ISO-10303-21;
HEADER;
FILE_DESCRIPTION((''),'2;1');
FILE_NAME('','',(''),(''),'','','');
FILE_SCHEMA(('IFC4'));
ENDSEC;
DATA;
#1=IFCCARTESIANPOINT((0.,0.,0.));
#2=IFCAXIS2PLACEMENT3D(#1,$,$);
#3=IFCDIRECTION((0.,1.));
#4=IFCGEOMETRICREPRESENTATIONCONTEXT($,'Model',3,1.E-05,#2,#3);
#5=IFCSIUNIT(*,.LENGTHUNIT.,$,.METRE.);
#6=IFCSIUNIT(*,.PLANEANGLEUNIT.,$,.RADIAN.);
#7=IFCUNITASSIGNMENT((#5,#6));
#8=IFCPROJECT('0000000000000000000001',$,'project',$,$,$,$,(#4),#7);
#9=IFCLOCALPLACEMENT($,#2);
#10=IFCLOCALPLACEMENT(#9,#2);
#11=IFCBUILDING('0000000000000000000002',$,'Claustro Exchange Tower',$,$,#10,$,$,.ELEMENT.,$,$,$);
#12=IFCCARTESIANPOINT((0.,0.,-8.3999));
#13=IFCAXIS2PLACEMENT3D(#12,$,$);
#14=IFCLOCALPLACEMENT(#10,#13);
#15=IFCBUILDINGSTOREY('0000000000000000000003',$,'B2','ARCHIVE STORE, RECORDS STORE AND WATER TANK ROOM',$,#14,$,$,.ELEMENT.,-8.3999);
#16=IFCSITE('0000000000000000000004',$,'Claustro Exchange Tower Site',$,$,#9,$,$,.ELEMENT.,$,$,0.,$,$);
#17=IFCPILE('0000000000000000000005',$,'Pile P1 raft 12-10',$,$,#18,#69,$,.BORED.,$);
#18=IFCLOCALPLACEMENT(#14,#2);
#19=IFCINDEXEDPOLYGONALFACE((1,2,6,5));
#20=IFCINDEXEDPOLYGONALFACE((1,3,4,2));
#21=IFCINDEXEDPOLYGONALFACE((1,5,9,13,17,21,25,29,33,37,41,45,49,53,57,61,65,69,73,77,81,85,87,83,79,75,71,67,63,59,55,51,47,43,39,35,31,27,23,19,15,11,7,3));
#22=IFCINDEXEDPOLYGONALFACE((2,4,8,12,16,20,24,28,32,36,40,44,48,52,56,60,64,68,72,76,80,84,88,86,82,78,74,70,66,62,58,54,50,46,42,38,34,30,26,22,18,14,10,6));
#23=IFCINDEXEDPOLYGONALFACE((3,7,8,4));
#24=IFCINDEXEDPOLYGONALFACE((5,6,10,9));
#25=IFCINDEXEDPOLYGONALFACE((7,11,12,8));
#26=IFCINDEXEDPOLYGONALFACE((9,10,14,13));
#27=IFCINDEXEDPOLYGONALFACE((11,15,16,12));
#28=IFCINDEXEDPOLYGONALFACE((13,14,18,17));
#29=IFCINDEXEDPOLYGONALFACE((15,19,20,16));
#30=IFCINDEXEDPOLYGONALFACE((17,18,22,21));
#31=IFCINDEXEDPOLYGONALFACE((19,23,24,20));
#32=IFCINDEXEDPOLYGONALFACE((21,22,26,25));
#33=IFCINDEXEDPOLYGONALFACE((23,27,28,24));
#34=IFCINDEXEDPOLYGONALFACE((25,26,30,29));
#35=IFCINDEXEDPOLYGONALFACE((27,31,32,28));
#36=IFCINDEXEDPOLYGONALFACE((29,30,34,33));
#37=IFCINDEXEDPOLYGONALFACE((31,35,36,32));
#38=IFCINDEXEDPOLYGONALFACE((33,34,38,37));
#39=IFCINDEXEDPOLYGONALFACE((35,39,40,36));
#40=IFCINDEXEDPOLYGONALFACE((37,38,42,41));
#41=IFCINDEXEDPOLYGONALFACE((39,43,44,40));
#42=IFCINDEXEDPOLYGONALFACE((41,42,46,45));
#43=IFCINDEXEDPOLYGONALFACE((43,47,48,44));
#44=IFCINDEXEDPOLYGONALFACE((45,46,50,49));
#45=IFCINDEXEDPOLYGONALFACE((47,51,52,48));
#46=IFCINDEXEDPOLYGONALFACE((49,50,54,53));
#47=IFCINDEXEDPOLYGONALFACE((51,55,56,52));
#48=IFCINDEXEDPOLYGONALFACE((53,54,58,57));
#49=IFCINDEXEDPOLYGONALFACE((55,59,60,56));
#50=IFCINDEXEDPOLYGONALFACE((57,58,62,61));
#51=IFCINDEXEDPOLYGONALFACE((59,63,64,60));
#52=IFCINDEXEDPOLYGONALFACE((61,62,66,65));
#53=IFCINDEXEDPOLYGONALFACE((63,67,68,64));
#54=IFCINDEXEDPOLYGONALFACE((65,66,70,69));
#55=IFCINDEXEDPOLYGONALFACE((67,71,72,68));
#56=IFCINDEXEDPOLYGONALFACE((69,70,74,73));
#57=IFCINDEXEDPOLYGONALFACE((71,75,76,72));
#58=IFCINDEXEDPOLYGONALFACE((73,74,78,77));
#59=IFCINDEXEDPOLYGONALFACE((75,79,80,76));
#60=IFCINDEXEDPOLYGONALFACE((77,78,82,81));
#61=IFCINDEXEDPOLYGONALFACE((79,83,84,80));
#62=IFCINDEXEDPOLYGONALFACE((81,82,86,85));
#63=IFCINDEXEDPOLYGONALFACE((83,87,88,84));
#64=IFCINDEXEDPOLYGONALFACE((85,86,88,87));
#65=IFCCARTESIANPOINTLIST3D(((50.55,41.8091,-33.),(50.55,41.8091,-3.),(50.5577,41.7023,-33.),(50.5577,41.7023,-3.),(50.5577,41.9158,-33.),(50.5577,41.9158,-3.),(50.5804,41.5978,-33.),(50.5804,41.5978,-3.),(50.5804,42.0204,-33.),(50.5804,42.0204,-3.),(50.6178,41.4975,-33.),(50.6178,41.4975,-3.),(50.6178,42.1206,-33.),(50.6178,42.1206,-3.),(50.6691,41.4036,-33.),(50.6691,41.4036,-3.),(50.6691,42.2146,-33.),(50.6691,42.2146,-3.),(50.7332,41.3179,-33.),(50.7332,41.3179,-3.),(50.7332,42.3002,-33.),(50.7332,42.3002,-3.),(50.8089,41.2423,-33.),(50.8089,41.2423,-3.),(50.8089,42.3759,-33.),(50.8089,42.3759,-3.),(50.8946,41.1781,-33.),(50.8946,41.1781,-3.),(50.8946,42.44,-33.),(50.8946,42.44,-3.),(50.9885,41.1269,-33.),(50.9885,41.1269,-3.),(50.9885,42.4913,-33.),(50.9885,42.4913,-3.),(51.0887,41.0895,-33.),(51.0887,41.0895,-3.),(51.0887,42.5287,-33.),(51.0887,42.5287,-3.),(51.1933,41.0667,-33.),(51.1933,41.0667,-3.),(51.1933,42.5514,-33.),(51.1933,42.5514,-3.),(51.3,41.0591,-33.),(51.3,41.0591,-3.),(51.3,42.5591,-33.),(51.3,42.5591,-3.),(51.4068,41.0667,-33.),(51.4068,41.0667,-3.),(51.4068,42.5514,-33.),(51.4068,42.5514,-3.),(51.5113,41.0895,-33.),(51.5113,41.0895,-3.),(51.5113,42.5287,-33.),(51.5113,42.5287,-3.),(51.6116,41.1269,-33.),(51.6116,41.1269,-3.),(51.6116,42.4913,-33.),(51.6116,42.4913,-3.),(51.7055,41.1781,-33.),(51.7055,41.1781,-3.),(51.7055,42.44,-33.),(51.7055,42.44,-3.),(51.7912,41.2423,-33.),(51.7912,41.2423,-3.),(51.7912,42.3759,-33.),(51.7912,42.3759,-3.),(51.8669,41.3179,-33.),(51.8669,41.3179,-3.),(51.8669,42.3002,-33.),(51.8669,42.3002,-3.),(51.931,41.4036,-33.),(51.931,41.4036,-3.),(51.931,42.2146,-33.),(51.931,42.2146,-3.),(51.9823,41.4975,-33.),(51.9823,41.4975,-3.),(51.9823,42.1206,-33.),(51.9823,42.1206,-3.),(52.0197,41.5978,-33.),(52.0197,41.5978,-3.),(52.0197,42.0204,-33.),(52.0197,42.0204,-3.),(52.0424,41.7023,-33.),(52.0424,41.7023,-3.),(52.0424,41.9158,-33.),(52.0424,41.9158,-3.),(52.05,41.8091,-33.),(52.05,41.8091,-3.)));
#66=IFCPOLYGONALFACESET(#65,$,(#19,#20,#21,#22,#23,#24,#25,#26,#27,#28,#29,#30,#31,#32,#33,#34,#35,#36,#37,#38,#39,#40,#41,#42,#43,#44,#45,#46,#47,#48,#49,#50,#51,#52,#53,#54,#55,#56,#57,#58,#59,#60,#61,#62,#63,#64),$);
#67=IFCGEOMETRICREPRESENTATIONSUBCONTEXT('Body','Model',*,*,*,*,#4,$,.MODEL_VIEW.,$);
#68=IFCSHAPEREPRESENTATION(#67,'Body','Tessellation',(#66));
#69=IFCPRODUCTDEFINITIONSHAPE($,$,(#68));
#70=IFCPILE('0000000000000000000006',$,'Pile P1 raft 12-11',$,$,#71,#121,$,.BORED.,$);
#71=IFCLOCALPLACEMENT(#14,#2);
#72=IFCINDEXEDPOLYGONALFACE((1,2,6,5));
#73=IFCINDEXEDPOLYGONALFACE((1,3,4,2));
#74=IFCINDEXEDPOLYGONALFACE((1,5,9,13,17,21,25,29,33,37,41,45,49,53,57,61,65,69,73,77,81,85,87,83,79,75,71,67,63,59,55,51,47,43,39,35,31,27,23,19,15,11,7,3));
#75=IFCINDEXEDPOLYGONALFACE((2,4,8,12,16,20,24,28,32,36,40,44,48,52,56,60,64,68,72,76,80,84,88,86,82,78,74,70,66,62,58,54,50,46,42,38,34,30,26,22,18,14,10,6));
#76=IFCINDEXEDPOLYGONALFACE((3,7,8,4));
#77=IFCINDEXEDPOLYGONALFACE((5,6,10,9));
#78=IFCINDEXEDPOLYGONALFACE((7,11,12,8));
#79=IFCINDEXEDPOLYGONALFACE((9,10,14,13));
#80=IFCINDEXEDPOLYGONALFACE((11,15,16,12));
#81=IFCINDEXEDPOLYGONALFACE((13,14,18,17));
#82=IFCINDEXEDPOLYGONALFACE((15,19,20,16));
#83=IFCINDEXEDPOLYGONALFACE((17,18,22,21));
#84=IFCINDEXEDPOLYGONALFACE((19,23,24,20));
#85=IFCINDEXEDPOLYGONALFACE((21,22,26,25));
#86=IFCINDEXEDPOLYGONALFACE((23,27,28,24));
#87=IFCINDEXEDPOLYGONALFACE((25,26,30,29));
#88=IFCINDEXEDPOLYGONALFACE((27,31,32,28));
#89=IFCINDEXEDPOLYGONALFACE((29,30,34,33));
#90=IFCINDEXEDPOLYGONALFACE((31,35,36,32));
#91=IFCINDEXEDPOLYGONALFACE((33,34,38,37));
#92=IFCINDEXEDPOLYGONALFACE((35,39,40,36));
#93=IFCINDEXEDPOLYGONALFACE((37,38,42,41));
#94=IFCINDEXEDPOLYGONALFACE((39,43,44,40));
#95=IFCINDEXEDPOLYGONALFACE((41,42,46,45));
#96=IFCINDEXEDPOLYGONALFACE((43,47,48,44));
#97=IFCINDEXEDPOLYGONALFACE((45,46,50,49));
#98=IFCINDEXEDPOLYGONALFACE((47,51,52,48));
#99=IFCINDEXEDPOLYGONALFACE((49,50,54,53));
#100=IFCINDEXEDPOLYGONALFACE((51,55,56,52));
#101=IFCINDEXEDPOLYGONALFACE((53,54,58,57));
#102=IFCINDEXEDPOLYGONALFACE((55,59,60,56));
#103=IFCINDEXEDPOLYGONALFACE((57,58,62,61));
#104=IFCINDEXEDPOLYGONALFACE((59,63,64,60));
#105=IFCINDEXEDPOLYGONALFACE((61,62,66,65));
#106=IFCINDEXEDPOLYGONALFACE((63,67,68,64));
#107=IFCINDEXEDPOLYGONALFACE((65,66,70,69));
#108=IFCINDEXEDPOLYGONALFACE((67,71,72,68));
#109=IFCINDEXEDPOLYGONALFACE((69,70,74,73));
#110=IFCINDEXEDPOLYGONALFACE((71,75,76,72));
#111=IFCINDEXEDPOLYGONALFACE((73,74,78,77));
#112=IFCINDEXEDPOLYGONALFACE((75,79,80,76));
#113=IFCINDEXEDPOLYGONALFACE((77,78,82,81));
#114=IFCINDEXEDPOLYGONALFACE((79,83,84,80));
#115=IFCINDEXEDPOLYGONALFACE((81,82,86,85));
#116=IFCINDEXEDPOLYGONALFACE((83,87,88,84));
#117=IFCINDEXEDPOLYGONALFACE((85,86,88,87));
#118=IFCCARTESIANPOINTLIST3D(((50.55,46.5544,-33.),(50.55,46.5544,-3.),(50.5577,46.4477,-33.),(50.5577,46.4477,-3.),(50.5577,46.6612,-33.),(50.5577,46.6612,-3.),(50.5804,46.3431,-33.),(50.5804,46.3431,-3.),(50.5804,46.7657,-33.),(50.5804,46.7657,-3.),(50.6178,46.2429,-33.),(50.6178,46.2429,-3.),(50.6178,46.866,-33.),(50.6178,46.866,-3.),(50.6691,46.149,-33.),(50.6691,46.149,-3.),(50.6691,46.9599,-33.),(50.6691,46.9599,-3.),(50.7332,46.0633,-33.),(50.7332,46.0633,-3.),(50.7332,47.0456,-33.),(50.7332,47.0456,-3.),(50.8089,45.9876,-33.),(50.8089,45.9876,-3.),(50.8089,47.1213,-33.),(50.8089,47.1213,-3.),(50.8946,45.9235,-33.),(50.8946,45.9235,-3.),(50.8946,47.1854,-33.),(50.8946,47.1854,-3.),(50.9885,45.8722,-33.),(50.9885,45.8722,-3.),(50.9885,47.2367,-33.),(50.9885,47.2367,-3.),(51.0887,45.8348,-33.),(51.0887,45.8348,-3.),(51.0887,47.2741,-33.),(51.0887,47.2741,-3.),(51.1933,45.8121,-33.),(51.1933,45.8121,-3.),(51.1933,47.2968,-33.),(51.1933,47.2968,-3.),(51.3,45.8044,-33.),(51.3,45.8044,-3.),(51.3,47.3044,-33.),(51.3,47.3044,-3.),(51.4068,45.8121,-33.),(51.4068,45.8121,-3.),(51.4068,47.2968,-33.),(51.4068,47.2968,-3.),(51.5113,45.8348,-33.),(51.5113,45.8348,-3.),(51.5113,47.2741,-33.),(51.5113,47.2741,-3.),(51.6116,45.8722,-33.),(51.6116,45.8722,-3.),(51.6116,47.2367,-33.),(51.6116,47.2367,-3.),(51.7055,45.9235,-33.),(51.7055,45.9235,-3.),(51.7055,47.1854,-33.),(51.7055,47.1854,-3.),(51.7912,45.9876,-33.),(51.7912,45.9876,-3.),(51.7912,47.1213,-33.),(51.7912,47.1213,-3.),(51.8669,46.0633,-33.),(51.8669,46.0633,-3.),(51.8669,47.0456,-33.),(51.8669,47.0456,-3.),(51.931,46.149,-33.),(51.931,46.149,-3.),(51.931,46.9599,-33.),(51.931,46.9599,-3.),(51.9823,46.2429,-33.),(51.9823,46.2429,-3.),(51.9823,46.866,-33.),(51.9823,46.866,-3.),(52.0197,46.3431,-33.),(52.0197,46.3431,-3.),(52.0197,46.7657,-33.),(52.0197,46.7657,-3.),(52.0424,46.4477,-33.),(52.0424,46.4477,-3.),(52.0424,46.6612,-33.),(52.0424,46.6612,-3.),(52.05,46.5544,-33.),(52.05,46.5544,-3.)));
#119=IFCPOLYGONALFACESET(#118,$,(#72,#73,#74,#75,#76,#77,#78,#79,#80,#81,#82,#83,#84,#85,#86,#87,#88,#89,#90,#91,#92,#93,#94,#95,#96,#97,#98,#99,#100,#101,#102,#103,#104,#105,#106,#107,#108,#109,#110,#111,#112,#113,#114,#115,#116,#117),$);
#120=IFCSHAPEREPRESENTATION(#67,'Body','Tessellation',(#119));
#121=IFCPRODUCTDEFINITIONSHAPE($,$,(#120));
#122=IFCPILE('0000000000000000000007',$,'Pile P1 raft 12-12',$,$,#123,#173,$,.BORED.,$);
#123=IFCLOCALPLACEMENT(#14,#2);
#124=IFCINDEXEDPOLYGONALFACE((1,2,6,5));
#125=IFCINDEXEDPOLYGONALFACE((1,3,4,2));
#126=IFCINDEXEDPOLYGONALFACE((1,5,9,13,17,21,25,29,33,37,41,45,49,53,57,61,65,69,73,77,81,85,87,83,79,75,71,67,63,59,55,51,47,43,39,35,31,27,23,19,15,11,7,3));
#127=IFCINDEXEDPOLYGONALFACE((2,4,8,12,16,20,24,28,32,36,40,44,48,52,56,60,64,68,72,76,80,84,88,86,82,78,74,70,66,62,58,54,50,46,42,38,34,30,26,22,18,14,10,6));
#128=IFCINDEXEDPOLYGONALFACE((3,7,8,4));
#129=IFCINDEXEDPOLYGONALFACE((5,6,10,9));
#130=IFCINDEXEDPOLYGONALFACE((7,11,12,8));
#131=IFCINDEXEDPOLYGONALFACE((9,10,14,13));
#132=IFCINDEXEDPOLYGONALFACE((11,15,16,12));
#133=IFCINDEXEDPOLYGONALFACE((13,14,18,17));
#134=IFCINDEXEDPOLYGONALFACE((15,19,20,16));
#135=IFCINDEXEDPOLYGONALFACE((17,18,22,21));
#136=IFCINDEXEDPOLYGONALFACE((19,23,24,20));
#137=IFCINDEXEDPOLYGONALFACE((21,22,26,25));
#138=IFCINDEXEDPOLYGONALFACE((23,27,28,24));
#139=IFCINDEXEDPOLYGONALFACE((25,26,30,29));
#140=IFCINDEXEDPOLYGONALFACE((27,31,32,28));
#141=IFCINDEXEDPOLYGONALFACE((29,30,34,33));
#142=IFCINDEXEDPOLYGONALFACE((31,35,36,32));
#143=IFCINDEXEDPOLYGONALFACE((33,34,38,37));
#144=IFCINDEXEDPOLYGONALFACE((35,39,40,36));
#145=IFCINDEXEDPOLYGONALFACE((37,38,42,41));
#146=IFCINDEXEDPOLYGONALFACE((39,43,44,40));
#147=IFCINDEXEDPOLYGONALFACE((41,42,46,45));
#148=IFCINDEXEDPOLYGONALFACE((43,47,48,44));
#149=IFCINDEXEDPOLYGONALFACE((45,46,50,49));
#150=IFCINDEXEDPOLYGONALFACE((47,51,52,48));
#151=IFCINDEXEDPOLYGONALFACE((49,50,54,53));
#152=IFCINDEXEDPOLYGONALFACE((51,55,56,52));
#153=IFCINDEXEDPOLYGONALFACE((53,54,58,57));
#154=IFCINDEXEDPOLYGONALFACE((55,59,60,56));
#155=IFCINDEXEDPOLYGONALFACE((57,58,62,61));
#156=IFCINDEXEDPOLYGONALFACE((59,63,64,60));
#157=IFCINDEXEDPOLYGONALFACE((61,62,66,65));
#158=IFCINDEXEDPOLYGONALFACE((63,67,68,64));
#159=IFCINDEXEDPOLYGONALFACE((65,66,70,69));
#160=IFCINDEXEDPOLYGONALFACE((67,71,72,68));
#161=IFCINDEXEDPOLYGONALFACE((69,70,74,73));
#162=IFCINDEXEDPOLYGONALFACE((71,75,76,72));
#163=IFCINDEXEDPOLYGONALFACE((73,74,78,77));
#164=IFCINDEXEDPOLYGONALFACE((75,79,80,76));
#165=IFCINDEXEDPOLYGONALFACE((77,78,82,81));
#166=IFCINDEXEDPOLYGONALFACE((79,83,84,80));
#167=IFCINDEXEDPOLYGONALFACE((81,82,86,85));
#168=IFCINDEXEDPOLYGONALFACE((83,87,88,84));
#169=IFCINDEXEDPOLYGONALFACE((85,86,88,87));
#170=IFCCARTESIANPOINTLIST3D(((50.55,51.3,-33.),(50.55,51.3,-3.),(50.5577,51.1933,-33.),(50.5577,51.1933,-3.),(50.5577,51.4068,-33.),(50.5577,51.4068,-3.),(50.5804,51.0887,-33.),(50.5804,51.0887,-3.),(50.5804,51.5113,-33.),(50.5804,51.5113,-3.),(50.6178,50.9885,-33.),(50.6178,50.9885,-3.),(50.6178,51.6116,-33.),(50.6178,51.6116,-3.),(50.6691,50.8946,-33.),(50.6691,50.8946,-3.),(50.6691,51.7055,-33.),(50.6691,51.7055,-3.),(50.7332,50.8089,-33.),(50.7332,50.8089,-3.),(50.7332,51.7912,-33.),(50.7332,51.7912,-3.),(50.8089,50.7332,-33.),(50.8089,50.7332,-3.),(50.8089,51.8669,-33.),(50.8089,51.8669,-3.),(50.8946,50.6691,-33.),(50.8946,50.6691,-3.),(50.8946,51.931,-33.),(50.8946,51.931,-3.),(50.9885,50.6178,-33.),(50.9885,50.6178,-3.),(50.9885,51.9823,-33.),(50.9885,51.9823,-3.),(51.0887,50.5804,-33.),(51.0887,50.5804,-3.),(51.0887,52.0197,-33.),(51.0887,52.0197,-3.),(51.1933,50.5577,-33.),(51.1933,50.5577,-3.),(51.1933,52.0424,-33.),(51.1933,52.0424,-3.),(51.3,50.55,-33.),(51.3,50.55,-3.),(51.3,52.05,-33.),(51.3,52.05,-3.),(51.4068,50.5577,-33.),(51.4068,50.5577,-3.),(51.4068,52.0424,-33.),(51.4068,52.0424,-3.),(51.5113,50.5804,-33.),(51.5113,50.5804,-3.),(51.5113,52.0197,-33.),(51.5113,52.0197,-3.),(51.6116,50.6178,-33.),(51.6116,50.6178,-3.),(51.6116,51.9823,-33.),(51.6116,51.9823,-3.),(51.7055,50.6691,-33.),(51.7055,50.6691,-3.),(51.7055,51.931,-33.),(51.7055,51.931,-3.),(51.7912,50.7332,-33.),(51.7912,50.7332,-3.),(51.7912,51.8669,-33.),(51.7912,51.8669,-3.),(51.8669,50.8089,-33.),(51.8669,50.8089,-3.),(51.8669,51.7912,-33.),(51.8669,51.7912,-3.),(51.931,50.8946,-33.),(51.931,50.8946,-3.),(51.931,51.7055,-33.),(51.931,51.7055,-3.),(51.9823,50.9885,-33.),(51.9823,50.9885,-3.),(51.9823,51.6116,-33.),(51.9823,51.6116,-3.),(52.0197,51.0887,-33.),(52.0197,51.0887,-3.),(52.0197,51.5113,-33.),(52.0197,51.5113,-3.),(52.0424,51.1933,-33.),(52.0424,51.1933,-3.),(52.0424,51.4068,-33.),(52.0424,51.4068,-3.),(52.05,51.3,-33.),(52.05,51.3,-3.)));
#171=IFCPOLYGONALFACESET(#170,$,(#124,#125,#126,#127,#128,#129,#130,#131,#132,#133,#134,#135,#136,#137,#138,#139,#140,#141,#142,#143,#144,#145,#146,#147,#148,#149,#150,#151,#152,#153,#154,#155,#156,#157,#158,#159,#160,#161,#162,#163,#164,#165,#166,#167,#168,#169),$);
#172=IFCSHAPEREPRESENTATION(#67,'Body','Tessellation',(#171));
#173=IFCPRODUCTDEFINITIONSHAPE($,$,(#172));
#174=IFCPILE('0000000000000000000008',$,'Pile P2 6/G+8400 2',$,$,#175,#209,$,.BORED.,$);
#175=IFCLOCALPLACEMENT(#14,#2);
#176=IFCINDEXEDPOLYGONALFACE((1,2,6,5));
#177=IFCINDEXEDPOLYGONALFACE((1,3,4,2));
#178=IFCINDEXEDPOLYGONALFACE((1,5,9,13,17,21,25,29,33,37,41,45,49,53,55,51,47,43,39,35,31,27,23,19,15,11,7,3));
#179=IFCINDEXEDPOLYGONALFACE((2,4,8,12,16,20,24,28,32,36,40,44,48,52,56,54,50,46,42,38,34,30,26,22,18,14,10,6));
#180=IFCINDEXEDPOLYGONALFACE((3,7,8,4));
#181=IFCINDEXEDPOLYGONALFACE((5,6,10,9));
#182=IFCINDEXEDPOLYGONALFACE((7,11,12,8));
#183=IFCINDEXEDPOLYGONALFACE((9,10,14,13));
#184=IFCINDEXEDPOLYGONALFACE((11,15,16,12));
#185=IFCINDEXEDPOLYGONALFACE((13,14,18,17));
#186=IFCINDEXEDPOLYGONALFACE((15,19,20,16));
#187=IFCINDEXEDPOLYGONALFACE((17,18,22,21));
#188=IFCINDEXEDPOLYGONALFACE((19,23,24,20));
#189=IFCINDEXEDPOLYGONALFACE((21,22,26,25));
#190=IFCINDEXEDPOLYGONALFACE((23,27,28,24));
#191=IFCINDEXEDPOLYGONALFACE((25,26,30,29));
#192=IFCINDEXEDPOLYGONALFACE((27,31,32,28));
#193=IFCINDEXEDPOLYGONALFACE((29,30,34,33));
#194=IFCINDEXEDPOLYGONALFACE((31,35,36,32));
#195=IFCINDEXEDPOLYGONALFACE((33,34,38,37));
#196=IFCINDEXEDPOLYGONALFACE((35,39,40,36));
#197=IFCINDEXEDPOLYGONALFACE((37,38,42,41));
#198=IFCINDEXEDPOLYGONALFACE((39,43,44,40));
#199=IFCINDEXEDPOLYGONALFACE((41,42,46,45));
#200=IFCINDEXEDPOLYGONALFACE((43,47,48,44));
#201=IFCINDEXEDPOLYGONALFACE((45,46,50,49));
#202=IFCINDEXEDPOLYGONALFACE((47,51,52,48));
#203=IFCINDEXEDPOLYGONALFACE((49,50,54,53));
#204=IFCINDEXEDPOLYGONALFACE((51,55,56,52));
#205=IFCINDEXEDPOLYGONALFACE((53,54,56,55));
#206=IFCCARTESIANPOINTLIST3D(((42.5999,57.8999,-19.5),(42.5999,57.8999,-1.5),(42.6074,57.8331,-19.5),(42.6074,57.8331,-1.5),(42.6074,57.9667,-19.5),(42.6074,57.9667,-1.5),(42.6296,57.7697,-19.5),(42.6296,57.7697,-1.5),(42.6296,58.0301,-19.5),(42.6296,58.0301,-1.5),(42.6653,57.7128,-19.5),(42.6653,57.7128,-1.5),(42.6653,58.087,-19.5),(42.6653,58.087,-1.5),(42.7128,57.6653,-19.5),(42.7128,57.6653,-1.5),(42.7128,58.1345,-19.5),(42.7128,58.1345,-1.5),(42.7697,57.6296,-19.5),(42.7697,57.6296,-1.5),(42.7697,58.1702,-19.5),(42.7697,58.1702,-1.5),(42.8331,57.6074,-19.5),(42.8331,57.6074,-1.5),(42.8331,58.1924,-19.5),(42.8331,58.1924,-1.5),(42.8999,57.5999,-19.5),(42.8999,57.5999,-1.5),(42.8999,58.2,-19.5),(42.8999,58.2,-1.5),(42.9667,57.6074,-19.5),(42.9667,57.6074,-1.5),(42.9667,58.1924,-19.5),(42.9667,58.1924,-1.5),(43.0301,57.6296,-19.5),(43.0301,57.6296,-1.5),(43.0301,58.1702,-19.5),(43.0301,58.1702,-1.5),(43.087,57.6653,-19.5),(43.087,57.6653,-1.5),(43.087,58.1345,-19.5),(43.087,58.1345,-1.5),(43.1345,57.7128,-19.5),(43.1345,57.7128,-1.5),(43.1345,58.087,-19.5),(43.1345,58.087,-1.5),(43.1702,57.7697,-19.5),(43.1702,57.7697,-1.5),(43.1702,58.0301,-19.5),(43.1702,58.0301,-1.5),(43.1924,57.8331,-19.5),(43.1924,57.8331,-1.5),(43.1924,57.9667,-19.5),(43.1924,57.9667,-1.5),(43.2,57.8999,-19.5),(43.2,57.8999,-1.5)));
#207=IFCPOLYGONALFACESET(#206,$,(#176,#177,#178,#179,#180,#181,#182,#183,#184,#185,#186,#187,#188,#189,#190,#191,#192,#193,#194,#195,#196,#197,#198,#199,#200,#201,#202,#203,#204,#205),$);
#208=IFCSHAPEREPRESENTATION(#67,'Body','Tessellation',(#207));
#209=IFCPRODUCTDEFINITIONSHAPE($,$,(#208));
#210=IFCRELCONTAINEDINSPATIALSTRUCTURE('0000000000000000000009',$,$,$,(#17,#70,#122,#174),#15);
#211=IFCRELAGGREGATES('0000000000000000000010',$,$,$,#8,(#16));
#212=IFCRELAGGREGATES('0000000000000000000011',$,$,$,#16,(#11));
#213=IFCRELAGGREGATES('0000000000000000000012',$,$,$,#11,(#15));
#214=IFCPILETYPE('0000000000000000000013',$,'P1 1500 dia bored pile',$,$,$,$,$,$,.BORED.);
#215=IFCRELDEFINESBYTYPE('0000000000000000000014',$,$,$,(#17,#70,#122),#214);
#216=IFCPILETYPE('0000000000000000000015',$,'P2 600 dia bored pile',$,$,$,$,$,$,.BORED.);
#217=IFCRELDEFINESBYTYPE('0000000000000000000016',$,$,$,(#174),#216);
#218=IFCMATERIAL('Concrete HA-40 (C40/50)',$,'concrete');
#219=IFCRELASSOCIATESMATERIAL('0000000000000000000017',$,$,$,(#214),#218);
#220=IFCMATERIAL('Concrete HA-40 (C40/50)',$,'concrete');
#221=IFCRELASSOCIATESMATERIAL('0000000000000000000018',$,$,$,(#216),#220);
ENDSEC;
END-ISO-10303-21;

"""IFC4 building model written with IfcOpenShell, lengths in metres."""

from ifc_helpers import new_model, si_unit, direction, frame, origin, origin_2d, place, context, subcontext, project, spatial, circle, extrude, material, type_object, element, save


model = new_model("IFC4")

# Units and contexts
model_context = context("Model", 3, precision=1e-05, world=origin(), true_north=direction((0.0, 1.0)))
body_context = subcontext(model_context, "Body", "Model", "MODEL_VIEW")
ifc_project = project(units=[si_unit("LENGTHUNIT", "METRE"), si_unit("PLANEANGLEUNIT", "RADIAN")], contexts=[model_context])

# Site, building, storey
site_placement = place(None, origin())
site = spatial("IfcSite", under=ifc_project, at=site_placement, Name="Claustro Exchange Tower Site", CompositionType="ELEMENT", RefElevation=0.0)
building_placement = place(site_placement, origin())
building = spatial("IfcBuilding", under=site, at=building_placement, Name="Claustro Exchange Tower", CompositionType="ELEMENT")
storey_placement = place(building_placement, frame((0.0, 0.0, -8.3999)))
storey = spatial("IfcBuildingStorey", under=building, at=storey_placement, Name="B2", Description="ARCHIVE STORE, RECORDS STORE AND WATER TANK ROOM", CompositionType="ELEMENT", Elevation=-8.3999)

# Piles
ifc_material_1 = material(Name="Concrete HA-40 (C40/50)", Category="concrete")
pile_type_1 = type_object("IfcPileType", Name="P1 1500 dia bored pile", PredefinedType="BORED", material=ifc_material_1)
for number, where, z_axis, x_axis, name in (
    (1, (51.3, 41.8091, -3.0), (0.0, 0.0, -1.0), (1.0, 0.0, 0.0), "Pile P1 raft 12-10"),
    (2, (51.3, 46.5544, -3.0), (0.0, 0.0, -1.0), (1.0, 0.0, 0.0), "Pile P1 raft 12-11"),
    (3, (51.3, 51.3, -3.0), (0.0, 0.0, -1.0), (1.0, 0.0, 0.0), "Pile P1 raft 12-12"),
):
    element("IfcPile", number, at=place(storey_placement, frame(where, z_axis=z_axis, x_axis=x_axis)), inside=storey, type_object=pile_type_1, Name=name, PredefinedType="BORED", context=body_context, shape_type="SweptSolid", body=[
        extrude(circle(Radius=0.75, at=origin_2d()), origin(), (0.0, 0.0, 1.0), 30.0),
    ])
ifc_material_2 = material(Name="Concrete HA-40 (C40/50)", Category="concrete")
pile_type_2 = type_object("IfcPileType", Name="P2 600 dia bored pile", PredefinedType="BORED", material=ifc_material_2)
for number, where, z_axis, x_axis, name in (
    (4, (42.8999, 57.8999, -1.5), (0.0, 0.0, -1.0), (1.0, 0.0, 0.0), "Pile P2 6/G+8400 2"),
):
    element("IfcPile", number, at=place(storey_placement, frame(where, z_axis=z_axis, x_axis=x_axis)), inside=storey, type_object=pile_type_2, Name=name, PredefinedType="BORED", context=body_context, shape_type="SweptSolid", body=[
        extrude(circle(Radius=0.3, at=origin_2d()), origin(), (0.0, 0.0, 1.0), 18.0),
    ])

save(model, "model.ifc")
